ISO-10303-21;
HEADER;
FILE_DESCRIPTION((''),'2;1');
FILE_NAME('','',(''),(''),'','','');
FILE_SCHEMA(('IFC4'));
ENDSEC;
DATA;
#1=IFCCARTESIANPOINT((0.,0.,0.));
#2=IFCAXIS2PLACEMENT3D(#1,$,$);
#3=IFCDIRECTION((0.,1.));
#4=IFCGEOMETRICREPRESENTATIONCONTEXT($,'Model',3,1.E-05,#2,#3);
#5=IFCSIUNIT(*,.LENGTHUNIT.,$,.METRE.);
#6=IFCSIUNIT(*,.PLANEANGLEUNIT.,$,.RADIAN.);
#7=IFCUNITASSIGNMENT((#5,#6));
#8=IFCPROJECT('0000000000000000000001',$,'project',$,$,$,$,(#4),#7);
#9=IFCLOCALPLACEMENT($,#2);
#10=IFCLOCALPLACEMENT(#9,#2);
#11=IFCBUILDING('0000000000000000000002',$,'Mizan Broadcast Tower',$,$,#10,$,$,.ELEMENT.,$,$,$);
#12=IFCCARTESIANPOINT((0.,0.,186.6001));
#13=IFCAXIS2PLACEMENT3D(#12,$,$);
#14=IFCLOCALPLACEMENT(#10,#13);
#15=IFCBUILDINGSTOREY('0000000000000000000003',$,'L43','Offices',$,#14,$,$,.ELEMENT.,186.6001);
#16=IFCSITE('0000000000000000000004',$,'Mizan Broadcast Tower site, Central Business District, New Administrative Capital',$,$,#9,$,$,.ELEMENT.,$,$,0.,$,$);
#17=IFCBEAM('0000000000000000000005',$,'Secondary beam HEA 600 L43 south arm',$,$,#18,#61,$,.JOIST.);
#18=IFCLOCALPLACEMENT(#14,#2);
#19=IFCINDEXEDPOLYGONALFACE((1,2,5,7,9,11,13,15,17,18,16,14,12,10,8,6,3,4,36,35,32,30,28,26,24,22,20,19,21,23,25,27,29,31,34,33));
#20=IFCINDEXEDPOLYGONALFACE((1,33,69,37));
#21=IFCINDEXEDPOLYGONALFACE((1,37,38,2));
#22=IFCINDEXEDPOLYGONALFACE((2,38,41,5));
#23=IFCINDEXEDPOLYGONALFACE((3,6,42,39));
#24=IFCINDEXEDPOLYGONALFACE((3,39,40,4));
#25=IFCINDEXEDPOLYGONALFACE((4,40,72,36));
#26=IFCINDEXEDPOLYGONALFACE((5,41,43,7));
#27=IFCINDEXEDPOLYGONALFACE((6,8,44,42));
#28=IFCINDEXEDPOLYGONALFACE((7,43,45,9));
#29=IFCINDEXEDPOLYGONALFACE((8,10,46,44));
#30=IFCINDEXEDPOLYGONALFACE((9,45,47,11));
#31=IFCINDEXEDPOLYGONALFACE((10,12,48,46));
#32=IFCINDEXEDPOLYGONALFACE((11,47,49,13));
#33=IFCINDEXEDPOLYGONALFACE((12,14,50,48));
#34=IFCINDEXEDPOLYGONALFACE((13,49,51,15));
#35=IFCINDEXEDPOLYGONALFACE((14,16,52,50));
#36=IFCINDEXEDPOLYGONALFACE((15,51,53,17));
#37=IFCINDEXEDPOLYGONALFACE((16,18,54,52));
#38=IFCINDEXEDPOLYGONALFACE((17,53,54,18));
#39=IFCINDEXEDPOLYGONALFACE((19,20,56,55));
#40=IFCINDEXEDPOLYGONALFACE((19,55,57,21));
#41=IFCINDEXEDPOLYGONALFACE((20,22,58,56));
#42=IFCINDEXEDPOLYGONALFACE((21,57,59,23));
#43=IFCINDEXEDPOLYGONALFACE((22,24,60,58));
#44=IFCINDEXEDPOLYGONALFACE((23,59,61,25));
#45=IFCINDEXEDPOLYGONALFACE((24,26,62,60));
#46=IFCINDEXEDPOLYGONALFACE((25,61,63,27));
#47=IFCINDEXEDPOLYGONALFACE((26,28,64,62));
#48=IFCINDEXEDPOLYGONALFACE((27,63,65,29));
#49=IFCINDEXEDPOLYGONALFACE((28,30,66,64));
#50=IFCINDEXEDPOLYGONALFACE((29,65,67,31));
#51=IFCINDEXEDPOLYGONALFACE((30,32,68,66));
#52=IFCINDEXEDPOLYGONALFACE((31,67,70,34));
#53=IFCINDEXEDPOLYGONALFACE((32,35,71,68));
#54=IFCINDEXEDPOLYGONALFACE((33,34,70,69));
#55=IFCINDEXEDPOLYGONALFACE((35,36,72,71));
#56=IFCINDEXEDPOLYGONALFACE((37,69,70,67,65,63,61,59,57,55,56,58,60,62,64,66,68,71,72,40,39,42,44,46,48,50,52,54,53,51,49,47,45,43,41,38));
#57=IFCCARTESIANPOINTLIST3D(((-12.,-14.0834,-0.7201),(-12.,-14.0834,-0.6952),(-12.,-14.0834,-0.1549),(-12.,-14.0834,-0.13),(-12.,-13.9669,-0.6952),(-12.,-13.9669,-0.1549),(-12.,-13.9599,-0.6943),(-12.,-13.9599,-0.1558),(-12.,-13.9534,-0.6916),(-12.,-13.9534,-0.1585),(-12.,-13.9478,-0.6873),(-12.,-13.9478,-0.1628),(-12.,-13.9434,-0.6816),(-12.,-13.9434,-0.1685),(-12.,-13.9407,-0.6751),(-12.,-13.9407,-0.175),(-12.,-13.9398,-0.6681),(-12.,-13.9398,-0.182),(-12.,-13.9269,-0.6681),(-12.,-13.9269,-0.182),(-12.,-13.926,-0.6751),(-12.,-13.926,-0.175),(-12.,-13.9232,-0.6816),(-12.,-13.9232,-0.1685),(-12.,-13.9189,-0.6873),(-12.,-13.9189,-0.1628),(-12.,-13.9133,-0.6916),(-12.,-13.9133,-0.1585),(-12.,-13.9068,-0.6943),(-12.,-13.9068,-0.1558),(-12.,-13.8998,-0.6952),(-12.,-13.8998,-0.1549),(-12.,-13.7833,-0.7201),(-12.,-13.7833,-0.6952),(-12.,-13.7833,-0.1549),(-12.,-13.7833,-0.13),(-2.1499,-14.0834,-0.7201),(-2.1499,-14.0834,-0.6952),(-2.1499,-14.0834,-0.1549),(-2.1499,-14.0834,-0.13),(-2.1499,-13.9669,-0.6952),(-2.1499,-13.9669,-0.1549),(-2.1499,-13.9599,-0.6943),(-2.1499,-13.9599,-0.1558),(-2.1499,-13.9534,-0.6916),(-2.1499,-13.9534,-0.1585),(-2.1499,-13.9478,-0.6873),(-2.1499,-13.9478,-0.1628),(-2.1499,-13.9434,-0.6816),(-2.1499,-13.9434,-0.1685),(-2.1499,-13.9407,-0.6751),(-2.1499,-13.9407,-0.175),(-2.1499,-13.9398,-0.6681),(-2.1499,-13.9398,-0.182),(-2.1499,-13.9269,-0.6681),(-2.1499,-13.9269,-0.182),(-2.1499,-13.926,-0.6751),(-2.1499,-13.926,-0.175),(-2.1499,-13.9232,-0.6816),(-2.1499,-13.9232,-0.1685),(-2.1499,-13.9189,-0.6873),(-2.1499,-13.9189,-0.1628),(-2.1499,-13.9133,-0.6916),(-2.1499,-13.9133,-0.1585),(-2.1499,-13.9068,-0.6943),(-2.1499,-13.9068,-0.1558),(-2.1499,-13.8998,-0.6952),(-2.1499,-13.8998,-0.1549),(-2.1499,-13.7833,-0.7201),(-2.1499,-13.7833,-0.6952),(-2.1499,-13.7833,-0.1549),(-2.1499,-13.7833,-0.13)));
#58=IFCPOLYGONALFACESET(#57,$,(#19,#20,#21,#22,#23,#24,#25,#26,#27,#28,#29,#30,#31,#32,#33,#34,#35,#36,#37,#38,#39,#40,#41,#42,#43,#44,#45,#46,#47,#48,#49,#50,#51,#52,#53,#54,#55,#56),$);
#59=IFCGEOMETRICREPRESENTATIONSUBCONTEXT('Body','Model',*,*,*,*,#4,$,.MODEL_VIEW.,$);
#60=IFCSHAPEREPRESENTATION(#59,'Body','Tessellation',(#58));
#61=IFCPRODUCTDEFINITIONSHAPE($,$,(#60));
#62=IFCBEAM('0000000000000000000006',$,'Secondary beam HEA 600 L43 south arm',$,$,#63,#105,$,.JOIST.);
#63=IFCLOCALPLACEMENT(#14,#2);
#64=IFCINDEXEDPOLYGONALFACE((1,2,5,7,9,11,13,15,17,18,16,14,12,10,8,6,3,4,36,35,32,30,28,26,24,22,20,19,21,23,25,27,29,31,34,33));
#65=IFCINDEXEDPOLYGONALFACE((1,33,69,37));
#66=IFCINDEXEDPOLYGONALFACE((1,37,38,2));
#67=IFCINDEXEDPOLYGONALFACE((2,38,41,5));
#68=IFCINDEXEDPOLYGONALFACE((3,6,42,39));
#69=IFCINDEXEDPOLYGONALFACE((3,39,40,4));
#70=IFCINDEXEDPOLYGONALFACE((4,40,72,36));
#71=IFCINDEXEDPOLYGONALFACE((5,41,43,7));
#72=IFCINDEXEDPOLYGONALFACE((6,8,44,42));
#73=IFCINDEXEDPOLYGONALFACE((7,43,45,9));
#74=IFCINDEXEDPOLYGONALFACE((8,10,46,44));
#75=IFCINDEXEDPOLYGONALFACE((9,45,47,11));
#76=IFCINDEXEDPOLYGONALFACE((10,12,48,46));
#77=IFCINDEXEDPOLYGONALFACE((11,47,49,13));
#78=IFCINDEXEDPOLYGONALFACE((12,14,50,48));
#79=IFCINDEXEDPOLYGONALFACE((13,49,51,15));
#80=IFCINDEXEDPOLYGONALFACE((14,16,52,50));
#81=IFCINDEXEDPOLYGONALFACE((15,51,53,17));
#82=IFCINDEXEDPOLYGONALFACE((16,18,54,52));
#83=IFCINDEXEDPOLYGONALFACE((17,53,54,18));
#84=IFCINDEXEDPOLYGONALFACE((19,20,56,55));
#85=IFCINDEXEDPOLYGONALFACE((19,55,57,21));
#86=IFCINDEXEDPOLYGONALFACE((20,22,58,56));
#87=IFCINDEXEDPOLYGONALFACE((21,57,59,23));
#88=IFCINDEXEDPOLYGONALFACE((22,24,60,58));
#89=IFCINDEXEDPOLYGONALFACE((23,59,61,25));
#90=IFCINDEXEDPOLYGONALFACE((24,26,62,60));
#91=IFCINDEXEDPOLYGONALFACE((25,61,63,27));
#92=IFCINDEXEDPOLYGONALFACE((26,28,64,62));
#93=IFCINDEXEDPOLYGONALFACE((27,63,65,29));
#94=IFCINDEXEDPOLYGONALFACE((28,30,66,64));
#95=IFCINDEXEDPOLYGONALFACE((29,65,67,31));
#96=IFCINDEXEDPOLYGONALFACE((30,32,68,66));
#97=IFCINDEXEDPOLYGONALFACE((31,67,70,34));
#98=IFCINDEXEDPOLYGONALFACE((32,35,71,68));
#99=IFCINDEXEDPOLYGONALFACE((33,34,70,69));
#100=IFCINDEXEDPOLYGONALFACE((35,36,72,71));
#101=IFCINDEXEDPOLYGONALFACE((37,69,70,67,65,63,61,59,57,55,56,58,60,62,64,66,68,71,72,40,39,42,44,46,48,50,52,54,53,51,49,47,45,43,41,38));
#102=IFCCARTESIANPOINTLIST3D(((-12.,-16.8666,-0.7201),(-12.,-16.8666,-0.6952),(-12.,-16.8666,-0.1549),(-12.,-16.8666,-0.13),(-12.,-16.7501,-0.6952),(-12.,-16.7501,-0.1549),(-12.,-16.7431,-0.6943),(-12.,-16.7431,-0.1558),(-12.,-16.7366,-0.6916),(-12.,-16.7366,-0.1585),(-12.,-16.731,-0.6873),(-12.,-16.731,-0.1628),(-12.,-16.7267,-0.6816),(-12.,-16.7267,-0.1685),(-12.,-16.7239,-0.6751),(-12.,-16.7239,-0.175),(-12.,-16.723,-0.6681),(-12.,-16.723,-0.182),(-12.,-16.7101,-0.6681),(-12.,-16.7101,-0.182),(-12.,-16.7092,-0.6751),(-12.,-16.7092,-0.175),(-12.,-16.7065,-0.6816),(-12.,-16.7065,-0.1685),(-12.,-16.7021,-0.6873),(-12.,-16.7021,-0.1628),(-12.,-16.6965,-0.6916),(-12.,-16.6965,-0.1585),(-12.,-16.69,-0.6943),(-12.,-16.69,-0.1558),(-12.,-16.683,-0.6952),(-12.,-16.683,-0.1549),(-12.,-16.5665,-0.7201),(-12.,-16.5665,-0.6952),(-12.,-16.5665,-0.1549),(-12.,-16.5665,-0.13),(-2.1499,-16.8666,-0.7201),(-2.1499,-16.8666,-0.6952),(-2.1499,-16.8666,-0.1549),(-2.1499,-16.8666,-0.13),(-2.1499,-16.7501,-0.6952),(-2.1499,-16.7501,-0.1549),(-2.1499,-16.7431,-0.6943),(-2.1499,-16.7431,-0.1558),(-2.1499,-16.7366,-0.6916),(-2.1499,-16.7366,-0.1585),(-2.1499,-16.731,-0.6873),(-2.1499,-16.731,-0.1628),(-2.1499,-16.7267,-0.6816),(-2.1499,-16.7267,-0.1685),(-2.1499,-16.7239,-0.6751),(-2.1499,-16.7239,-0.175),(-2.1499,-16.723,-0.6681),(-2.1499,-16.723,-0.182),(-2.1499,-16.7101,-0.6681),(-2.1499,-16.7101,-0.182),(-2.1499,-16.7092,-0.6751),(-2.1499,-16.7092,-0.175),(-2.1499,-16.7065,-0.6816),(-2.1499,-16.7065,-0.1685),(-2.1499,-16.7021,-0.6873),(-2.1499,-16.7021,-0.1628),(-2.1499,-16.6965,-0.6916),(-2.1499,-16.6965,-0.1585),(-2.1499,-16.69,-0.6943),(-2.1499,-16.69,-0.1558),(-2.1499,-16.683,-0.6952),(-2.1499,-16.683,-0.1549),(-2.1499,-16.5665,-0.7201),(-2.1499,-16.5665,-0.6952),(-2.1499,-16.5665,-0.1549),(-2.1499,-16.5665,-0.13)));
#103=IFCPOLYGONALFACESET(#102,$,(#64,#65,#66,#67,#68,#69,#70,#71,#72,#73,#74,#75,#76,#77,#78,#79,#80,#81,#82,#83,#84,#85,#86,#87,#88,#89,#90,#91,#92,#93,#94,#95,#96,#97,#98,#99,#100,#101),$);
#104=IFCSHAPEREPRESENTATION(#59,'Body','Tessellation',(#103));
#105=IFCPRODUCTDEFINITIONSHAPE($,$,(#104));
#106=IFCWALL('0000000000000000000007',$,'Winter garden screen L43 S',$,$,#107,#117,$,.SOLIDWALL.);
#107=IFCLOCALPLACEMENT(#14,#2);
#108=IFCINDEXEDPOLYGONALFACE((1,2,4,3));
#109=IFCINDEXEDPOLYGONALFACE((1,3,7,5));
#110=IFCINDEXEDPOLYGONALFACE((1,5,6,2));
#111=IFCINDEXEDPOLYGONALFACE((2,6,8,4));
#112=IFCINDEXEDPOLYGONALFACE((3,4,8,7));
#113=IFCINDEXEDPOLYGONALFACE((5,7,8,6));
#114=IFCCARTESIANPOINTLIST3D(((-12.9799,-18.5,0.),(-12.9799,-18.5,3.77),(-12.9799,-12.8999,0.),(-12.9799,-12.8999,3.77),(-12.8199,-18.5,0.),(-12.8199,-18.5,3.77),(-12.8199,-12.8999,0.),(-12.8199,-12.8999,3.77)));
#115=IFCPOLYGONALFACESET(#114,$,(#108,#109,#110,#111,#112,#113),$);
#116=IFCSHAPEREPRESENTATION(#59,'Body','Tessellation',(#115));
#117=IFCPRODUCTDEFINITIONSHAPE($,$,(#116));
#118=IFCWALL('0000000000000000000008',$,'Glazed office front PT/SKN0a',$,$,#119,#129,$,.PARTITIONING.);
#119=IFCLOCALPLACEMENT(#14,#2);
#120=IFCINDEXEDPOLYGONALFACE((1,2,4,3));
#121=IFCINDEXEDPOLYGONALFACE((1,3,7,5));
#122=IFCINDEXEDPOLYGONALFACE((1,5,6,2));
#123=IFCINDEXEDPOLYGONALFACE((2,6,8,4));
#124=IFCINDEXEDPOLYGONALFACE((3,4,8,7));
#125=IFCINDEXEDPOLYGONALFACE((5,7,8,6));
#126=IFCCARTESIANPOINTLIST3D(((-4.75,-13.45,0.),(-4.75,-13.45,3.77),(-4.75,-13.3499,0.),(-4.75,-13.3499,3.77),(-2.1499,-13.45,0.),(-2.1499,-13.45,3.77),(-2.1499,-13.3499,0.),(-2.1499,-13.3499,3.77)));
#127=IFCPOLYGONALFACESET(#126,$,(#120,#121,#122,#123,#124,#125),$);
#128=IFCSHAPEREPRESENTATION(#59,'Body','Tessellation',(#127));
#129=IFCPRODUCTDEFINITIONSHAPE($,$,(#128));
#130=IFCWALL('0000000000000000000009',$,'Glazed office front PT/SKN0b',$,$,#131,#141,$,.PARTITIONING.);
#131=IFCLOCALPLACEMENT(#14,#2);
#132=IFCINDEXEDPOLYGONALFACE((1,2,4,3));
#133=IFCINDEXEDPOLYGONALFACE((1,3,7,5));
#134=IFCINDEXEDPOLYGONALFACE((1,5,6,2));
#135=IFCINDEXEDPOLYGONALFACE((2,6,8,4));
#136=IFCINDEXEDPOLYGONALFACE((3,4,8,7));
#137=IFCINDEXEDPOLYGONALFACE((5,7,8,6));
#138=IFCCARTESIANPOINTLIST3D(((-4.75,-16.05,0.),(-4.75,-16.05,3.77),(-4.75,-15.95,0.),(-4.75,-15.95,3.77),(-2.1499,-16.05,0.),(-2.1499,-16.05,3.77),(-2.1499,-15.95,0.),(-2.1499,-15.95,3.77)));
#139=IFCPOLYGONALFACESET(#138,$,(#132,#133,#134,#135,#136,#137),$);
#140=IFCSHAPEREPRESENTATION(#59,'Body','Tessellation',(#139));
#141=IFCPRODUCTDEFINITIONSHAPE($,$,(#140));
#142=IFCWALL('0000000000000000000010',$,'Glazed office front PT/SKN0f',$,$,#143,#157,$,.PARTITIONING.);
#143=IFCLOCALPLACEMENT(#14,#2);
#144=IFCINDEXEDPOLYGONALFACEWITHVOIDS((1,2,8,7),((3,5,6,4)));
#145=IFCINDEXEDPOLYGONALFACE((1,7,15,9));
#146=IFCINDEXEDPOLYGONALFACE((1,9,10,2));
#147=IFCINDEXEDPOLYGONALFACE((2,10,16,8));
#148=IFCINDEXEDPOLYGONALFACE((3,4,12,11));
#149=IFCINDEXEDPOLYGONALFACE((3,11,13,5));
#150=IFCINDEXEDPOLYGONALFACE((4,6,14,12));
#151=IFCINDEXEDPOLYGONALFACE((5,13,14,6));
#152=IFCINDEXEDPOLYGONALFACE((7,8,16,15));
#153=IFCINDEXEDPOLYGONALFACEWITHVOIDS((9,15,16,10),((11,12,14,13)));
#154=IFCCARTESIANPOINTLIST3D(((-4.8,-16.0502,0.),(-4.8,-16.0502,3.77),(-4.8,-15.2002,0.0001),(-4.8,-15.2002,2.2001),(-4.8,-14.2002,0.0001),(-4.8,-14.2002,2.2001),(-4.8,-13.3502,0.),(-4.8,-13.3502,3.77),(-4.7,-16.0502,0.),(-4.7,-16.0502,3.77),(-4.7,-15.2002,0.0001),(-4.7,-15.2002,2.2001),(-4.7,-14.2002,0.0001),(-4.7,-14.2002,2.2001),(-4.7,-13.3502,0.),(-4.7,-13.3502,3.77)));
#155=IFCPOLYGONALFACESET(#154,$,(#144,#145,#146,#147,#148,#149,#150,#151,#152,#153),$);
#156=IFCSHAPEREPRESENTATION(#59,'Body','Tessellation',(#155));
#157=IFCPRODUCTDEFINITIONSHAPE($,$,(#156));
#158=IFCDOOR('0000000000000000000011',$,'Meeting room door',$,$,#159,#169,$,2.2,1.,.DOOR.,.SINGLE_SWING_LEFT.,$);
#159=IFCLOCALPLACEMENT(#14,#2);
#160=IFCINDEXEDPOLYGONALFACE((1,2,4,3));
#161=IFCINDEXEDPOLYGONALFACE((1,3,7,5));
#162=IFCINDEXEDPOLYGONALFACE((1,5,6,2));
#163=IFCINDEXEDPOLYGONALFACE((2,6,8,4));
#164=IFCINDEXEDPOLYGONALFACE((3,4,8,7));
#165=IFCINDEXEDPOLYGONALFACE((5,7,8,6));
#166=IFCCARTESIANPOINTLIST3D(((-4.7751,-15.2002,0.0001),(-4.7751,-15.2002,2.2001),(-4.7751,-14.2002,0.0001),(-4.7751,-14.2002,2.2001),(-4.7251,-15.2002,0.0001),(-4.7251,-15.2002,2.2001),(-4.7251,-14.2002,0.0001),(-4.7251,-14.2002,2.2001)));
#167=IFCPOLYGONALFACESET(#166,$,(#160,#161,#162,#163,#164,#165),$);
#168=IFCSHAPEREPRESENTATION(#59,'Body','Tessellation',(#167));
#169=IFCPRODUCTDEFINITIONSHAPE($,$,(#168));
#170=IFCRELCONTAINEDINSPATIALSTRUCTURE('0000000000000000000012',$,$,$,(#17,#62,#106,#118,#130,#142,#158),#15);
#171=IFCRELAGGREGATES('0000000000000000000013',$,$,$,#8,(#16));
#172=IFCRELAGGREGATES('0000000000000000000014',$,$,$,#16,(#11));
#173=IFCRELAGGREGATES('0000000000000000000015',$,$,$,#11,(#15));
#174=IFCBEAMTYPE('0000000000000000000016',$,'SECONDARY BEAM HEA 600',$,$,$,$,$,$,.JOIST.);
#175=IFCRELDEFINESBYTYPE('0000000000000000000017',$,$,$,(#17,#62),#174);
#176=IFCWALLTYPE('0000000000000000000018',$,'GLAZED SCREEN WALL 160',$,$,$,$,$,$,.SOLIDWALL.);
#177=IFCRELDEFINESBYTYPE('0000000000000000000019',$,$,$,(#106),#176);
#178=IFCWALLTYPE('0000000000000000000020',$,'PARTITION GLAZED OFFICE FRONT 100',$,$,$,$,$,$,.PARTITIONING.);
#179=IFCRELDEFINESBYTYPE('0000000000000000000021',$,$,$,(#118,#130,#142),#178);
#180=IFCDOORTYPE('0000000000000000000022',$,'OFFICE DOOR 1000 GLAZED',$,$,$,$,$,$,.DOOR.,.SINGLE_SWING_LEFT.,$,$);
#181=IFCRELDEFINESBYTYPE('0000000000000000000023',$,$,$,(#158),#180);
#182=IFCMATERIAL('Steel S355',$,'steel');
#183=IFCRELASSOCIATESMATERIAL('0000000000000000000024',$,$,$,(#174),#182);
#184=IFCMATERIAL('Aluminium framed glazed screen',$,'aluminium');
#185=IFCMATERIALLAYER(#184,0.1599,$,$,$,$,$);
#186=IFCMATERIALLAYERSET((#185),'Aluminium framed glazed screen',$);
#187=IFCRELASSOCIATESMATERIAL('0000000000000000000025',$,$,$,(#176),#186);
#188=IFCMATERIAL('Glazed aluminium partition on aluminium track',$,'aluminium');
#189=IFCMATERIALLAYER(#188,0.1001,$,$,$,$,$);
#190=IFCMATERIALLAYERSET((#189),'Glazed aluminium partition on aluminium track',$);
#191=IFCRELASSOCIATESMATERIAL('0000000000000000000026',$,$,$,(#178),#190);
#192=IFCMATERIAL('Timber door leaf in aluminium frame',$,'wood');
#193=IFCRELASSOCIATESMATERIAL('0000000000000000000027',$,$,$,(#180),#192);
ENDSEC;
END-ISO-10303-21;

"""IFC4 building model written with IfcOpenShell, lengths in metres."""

from ifc_helpers import new_model, si_unit, direction, frame, frame_2d, origin, origin_2d, place, context, subcontext, project, spatial, rectangle, i_section, extrude, material, layer, layer_set, material_profile, profile_set, type_object, element, fill, save


model = new_model("IFC4")

# Units and contexts
model_context = context("Model", 3, precision=1e-05, world=origin(), true_north=direction((0.0, 1.0)))
body_context = subcontext(model_context, "Body", "Model", "MODEL_VIEW")
ifc_project = project(units=[si_unit("LENGTHUNIT", "METRE"), si_unit("PLANEANGLEUNIT", "RADIAN")], contexts=[model_context])

# Site, building, storey
site_placement = place(None, origin())
site = spatial("IfcSite", under=ifc_project, at=site_placement, Name="Mizan Broadcast Tower site, Central Business District, New Administrative Capital", CompositionType="ELEMENT", RefElevation=0.0)
building_placement = place(site_placement, origin())
building = spatial("IfcBuilding", under=site, at=building_placement, Name="Mizan Broadcast Tower", CompositionType="ELEMENT")
storey_placement = place(building_placement, frame((0.0, 0.0, 186.6001)))
storey = spatial("IfcBuildingStorey", under=building, at=storey_placement, Name="L43", Description="Offices", CompositionType="ELEMENT", Elevation=186.6001)

# Beams
ifc_material_1 = material(Name="Steel S355", Category="steel")
ifc_material_profile_1 = material_profile(ifc_material_1, i_section(OverallWidth=0.3, OverallDepth=0.5901, WebThickness=0.0129, FlangeThickness=0.0249, FilletRadius=0.0271, at=origin_2d()), Name="HEA 600")
ifc_profile_set_1 = profile_set([ifc_material_profile_1], Name="Steel S355")
beam_type_1 = type_object("IfcBeamType", Name="SECONDARY BEAM HEA 600", PredefinedType="JOIST", material=ifc_profile_set_1)
for number, where, z_axis, x_axis, name in (
    (1, (-12.0, -13.9333, -0.425), (1.0, 0.0, 0.0), (0.0, 1.0, 0.0), "Secondary beam HEA 600 L43 south arm"),
    (2, (-12.0, -16.7166, -0.425), (1.0, 0.0, 0.0), (0.0, 1.0, 0.0), "Secondary beam HEA 600 L43 south arm"),
):
    element("IfcBeam", number, at=place(storey_placement, frame(where, z_axis=z_axis, x_axis=x_axis)), inside=storey, type_object=beam_type_1, Name=name, PredefinedType="JOIST", context=body_context, shape_type="SweptSolid", body=[
        extrude(i_section(OverallWidth=0.3, OverallDepth=0.5901, WebThickness=0.0129, FlangeThickness=0.0249, FilletRadius=0.0271, at=origin_2d()), origin(), (0.0, 0.0, 1.0), 9.8501),
    ])

# Walls
ifc_material_2 = material(Name="Aluminium framed glazed screen", Category="aluminium")
ifc_layer_1 = layer(ifc_material_2, 0.1599)
ifc_layer_set_1 = layer_set([ifc_layer_1], Name="Aluminium framed glazed screen")
wall_type_1 = type_object("IfcWallType", Name="GLAZED SCREEN WALL 160", PredefinedType="SOLIDWALL", material=ifc_layer_set_1)
wall_1_placement = place(storey_placement, frame((-12.8999, -12.8999, 0.0), z_axis=(0.0, 0.0, 1.0), x_axis=(0.0, -1.0, 0.0)))
element("IfcWall", 3, at=wall_1_placement, inside=storey, type_object=wall_type_1, Name="Winter garden screen L43 S", PredefinedType="SOLIDWALL", context=body_context, shape_type="SweptSolid", body=[
    extrude(rectangle(XDim=5.6001, YDim=0.1599, at=frame_2d((2.8, 0.0))), origin(), (0.0, 0.0, 1.0), 3.77),
])
ifc_material_3 = material(Name="Glazed aluminium partition on aluminium track", Category="aluminium")
ifc_layer_2 = layer(ifc_material_3, 0.1001)
ifc_layer_set_2 = layer_set([ifc_layer_2], Name="Glazed aluminium partition on aluminium track")
wall_type_2 = type_object("IfcWallType", Name="PARTITION GLAZED OFFICE FRONT 100", PredefinedType="PARTITIONING", material=ifc_layer_set_2)
for number, where, z_axis, x_axis, name in (
    (4, (-2.1499, -13.3999, 0.0), (0.0, 0.0, 1.0), (-1.0, 0.0, 0.0), "Glazed office front PT/SKN0a"),
    (5, (-2.1499, -16.0, 0.0), (0.0, 0.0, 1.0), (-1.0, 0.0, 0.0), "Glazed office front PT/SKN0b"),
):
    element("IfcWall", number, at=place(storey_placement, frame(where, z_axis=z_axis, x_axis=x_axis)), inside=storey, type_object=wall_type_2, Name=name, PredefinedType="PARTITIONING", context=body_context, shape_type="SweptSolid", body=[
        extrude(rectangle(XDim=2.6001, YDim=0.1001, at=frame_2d((1.3, 0.0))), origin(), (0.0, 0.0, 1.0), 3.77),
    ])

# Wall, opening, door
wall_2_placement = place(storey_placement, frame((-4.75, -13.3501, 0.0), z_axis=(0.0, 0.0, 1.0), x_axis=(0.0, -1.0, 0.0)))
wall_2 = element("IfcWall", 6, at=wall_2_placement, inside=storey, type_object=wall_type_2, Name="Glazed office front PT/SKN0f", PredefinedType="PARTITIONING", context=body_context, shape_type="SweptSolid", body=[
    extrude(rectangle(XDim=2.7, YDim=0.1001, at=frame_2d((1.3501, 0.0))), origin(), (0.0, 0.0, 1.0), 3.77),
])
opening_placement = place(wall_2_placement, frame((0.8501, 0.0, 0.0)))
opening = element("IfcOpeningElement", 7, at=opening_placement, cuts=wall_2, PredefinedType="OPENING", context=body_context, shape_type="SweptSolid", body=[
    extrude(rectangle(XDim=1.0, YDim=2.2, at=frame_2d((0.5, 1.1001))), frame((0.0, 0.0601, 0.0), z_axis=(0.0, -1.0, 0.0), x_axis=(1.0, 0.0, 0.0)), (0.0, 0.0, 1.0), 0.1201),
])
ifc_material_4 = material(Name="Timber door leaf in aluminium frame", Category="wood")
door_type = type_object("IfcDoorType", Name="OFFICE DOOR 1000 GLAZED", OperationType="SINGLE_SWING_LEFT", PredefinedType="DOOR", material=ifc_material_4)
door_placement = place(opening_placement, origin())
door = element("IfcDoor", 8, at=door_placement, inside=storey, type_object=door_type, Name="Meeting room door", OperationType="SINGLE_SWING_LEFT", OverallHeight=2.2, OverallWidth=1.0, PredefinedType="DOOR", context=body_context, shape_type="SweptSolid", body=[
    extrude(rectangle(XDim=1.0, YDim=2.2, at=frame_2d((0.5, 1.1001))), frame((0.0, 0.0249, 0.0), z_axis=(0.0, -1.0, 0.0), x_axis=(1.0, 0.0, 0.0)), (0.0, 0.0, 1.0), 0.05),
])
fill(opening, door)

save(model, "model.ifc")
